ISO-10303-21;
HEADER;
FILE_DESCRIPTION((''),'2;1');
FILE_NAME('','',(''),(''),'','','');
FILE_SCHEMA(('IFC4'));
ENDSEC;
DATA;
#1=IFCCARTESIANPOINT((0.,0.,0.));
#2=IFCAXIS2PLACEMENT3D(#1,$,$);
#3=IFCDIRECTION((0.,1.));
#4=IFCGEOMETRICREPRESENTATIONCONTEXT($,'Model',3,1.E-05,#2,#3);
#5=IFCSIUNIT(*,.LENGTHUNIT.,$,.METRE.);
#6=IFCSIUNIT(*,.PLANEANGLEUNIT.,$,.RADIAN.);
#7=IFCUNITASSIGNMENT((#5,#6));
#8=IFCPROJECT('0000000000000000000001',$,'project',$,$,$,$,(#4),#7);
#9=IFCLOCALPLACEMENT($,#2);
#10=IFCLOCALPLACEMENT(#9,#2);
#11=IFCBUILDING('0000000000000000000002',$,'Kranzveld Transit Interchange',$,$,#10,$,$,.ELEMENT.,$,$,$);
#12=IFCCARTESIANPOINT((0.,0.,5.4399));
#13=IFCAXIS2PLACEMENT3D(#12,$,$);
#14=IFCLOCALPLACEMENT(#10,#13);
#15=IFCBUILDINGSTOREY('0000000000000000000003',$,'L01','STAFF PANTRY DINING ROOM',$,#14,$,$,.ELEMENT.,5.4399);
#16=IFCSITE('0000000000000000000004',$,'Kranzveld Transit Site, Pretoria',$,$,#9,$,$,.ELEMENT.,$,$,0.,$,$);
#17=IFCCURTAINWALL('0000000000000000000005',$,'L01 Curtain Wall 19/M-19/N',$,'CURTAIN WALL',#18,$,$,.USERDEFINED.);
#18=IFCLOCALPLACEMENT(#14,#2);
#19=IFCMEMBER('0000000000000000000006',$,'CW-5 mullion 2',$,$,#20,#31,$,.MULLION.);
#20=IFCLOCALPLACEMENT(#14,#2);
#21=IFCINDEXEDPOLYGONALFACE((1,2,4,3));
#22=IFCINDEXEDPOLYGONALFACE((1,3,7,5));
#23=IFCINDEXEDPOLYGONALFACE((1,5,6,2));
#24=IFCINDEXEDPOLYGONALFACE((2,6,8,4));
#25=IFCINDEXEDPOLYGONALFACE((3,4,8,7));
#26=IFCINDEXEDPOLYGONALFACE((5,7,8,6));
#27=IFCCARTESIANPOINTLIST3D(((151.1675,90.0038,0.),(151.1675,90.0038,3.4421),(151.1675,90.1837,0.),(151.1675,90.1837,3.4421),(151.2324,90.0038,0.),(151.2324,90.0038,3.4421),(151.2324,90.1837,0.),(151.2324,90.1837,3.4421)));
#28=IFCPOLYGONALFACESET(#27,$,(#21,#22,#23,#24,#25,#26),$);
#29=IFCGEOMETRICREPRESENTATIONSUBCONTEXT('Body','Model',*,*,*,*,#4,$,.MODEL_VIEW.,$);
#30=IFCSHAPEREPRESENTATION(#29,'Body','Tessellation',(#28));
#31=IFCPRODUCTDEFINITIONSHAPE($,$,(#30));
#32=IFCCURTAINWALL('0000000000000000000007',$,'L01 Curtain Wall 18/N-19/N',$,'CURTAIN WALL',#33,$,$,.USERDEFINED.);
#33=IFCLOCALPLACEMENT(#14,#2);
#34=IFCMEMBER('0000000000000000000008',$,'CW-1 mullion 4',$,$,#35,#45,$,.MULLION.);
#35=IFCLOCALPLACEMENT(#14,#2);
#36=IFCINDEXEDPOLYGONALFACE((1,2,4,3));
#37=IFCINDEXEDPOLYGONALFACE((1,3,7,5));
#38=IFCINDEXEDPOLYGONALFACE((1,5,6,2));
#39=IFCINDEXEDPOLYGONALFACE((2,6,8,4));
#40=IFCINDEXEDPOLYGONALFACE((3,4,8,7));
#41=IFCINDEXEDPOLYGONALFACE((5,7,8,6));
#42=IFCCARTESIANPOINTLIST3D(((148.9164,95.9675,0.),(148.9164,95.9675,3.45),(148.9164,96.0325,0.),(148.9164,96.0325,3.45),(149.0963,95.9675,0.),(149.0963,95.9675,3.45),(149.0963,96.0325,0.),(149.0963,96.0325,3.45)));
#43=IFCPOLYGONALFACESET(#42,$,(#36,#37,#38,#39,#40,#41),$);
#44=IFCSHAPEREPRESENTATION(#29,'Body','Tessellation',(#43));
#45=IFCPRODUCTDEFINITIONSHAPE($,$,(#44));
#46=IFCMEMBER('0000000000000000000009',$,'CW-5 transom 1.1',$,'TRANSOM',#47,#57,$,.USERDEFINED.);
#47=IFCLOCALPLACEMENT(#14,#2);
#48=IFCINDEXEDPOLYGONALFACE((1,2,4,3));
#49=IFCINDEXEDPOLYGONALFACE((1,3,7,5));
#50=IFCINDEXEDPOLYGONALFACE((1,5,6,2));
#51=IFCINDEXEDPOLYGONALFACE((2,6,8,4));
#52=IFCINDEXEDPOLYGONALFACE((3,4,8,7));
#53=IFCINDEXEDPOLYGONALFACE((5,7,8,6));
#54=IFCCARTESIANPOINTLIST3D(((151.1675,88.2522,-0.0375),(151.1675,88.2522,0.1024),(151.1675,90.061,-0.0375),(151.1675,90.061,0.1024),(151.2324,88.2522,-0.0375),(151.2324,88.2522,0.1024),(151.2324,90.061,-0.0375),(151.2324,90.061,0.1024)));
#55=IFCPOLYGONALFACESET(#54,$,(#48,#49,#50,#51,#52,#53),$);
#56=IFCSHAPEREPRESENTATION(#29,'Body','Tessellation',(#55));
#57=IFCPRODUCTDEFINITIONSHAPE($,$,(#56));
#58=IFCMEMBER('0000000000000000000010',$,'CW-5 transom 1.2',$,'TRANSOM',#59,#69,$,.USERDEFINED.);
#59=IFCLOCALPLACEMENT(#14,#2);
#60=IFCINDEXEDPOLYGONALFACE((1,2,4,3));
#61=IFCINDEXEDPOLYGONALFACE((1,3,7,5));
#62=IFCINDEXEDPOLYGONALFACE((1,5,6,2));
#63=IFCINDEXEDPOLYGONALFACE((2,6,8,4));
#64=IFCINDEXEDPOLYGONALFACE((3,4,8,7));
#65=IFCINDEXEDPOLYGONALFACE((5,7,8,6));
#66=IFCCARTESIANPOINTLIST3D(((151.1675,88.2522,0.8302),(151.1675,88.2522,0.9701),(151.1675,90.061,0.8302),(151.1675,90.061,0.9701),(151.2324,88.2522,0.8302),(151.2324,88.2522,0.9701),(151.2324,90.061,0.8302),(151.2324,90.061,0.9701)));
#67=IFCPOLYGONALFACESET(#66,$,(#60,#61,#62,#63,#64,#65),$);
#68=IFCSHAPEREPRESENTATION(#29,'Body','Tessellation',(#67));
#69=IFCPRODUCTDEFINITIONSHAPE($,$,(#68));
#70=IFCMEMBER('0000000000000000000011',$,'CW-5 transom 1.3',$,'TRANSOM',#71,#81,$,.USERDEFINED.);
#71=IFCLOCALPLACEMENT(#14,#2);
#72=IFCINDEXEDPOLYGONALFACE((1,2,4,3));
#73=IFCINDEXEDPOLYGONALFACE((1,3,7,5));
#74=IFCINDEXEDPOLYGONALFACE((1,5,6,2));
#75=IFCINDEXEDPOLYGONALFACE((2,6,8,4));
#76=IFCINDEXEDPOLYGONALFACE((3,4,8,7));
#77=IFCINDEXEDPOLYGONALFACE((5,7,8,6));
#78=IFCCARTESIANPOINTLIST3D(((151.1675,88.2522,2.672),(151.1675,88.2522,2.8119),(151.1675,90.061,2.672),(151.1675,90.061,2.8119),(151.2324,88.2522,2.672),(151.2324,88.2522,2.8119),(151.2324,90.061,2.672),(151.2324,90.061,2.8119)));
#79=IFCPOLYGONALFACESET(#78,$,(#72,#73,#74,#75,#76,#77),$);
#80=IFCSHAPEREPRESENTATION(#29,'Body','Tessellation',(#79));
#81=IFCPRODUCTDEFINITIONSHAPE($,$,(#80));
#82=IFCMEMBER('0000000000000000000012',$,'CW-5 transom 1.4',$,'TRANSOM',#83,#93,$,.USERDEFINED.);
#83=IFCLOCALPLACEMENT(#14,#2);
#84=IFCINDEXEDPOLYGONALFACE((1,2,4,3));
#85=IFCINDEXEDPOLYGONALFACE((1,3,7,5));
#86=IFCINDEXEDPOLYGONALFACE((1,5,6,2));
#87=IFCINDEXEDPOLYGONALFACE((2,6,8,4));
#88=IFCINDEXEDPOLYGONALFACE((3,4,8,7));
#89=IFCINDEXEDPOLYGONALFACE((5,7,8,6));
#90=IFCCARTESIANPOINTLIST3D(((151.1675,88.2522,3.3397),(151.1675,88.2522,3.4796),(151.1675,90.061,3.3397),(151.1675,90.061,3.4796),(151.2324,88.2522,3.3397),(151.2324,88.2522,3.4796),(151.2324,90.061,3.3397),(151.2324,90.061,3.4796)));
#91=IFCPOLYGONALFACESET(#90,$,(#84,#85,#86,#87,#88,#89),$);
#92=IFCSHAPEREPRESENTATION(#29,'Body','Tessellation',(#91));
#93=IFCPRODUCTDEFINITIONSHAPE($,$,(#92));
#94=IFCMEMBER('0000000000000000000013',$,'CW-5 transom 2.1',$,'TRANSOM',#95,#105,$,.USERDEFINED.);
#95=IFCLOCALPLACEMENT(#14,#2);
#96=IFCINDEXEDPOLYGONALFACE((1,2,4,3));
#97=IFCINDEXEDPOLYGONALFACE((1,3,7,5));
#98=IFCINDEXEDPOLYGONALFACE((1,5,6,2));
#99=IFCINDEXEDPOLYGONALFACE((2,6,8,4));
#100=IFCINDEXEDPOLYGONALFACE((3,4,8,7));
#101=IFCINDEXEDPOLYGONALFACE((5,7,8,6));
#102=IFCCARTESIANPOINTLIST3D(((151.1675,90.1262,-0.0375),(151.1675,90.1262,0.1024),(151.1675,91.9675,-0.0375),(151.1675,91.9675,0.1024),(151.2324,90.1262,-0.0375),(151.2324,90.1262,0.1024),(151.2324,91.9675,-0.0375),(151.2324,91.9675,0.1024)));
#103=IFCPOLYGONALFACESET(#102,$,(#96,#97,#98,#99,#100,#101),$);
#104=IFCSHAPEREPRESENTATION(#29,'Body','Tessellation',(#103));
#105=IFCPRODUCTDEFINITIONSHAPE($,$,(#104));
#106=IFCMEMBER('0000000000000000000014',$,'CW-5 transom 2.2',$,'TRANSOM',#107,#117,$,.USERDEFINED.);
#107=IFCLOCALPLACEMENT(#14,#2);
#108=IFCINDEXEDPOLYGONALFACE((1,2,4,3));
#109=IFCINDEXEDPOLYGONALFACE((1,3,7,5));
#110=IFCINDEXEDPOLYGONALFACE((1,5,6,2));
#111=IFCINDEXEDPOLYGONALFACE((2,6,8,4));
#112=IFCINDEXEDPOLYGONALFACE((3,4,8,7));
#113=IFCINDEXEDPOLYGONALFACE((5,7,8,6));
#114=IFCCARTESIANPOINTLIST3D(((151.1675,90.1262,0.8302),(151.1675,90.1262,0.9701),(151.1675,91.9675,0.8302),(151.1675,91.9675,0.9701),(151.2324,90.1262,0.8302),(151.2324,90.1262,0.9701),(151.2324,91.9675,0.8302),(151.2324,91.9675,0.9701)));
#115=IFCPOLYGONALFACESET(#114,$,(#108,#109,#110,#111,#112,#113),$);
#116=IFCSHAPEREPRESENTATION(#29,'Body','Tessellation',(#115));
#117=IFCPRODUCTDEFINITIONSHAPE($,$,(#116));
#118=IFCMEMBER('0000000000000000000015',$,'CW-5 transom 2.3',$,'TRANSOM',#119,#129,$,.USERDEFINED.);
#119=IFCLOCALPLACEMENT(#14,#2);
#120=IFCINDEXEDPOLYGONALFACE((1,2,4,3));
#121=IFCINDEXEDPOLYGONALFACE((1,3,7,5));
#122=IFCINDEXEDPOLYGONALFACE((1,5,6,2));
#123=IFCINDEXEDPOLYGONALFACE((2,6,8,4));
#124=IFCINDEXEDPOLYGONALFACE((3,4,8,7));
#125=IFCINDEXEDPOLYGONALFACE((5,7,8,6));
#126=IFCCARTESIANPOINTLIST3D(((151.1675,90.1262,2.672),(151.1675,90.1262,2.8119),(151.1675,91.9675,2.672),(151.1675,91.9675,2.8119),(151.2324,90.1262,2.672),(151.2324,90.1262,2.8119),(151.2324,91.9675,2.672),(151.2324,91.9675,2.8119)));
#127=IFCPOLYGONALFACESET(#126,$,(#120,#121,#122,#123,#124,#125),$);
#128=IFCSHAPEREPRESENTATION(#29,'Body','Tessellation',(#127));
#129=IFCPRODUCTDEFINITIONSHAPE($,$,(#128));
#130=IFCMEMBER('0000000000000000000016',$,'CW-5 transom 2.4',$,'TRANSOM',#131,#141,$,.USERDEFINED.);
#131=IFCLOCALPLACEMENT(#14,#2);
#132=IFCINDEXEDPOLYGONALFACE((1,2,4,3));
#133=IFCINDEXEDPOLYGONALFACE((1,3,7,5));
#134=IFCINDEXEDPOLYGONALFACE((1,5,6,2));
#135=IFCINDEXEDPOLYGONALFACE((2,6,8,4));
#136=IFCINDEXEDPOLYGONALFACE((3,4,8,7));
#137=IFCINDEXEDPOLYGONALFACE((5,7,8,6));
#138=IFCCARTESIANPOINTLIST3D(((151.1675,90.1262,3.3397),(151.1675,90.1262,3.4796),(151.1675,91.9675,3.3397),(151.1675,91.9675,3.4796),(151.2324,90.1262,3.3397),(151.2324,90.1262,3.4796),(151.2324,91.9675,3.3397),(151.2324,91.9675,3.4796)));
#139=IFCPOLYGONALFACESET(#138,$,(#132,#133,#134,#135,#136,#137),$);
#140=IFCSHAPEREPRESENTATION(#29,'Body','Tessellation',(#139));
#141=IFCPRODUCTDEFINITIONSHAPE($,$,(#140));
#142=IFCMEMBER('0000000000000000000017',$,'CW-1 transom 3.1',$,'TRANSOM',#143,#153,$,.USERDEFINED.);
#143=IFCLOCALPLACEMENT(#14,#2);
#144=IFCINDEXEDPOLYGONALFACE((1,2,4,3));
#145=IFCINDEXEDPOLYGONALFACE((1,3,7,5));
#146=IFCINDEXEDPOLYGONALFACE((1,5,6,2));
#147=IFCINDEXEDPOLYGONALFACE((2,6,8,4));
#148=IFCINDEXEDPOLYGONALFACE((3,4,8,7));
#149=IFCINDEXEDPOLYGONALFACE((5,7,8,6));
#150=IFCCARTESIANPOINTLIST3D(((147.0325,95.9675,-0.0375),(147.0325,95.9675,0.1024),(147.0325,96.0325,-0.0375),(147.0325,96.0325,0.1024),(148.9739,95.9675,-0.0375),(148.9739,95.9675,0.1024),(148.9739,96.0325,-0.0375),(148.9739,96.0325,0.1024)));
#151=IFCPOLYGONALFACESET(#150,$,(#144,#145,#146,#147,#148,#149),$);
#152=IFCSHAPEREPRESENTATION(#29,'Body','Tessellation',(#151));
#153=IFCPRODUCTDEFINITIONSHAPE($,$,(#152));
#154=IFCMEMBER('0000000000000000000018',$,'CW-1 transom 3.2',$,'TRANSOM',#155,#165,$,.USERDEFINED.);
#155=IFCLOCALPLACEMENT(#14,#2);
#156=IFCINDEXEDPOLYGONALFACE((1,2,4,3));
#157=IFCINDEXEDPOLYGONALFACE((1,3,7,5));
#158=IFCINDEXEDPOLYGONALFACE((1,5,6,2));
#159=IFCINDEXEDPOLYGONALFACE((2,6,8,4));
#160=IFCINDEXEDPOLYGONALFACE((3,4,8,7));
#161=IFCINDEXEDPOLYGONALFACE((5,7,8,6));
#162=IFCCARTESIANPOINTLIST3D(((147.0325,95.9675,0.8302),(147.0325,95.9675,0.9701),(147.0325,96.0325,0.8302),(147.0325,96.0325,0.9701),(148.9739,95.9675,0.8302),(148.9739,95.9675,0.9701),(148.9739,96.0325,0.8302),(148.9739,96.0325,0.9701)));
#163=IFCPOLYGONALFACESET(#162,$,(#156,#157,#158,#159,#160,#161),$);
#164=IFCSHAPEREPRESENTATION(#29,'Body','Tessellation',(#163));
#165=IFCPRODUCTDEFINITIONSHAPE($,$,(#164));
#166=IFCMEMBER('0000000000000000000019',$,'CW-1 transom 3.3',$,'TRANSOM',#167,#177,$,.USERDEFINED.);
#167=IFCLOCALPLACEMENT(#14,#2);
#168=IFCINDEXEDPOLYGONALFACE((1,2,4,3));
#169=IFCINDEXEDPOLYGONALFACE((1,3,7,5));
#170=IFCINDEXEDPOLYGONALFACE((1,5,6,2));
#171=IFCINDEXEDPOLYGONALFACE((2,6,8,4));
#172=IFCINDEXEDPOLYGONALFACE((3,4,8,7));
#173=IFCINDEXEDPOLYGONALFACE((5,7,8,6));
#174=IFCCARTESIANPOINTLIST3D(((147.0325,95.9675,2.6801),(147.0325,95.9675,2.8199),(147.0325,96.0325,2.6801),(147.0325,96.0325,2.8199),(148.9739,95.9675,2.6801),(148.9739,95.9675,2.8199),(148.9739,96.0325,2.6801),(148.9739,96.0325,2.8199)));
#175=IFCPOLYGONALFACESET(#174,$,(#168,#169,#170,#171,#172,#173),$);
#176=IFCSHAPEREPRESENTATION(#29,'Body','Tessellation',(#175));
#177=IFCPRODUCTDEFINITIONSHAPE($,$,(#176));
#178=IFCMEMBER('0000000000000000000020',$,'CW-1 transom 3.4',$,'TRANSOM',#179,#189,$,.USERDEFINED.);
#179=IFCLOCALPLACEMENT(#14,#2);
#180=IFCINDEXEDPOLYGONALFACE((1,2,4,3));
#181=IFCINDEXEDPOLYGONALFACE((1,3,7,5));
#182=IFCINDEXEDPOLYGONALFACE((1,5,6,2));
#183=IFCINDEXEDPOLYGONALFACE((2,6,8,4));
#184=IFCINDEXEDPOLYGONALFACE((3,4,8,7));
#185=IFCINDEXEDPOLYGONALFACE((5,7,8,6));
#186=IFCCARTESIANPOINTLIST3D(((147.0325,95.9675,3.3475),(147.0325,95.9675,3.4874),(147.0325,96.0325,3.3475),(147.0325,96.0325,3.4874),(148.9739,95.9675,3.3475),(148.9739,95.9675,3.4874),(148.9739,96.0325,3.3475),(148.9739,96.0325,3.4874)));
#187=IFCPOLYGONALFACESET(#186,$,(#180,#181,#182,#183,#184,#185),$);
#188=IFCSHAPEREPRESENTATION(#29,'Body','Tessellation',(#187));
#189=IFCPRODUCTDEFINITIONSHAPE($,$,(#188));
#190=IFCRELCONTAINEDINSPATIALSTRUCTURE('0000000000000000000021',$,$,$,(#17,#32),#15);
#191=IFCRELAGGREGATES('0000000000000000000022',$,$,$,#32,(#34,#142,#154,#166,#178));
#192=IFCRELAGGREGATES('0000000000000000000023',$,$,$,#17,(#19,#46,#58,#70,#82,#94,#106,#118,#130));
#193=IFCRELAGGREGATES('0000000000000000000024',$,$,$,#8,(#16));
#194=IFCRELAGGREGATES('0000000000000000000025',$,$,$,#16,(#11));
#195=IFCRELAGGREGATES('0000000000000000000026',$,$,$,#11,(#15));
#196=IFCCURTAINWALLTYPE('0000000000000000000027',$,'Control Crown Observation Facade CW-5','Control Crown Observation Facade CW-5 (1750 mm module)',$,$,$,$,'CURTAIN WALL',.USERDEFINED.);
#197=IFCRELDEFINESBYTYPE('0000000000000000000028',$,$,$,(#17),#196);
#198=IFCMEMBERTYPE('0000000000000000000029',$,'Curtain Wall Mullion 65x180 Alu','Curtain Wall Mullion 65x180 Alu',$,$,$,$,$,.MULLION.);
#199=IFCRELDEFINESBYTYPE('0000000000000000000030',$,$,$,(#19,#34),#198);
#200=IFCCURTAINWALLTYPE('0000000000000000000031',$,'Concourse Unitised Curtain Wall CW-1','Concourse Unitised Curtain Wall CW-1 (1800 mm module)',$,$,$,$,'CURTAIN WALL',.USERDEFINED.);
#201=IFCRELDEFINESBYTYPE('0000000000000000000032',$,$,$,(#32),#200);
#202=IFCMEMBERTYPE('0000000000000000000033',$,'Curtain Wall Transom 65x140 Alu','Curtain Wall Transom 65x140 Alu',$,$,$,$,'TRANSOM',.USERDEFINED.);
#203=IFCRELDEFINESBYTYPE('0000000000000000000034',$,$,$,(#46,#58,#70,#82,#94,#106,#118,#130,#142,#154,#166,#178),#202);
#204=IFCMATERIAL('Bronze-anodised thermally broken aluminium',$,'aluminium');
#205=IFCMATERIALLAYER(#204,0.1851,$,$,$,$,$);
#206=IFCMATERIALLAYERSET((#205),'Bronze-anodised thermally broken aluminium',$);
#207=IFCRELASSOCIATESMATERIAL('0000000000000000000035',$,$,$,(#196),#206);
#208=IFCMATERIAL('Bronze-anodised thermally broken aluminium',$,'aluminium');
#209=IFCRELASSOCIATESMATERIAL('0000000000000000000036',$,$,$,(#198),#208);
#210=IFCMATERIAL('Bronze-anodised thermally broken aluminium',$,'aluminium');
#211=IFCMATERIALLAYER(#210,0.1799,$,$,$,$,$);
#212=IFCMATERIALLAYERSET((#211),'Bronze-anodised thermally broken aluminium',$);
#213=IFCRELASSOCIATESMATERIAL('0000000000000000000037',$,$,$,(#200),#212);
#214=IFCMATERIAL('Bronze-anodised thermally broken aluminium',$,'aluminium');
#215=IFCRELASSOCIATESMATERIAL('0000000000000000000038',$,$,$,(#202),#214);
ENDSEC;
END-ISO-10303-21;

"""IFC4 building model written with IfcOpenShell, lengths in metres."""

from ifc_helpers import new_model, si_unit, direction, frame, origin, origin_2d, place, context, subcontext, project, spatial, rectangle, extrude, material, layer, layer_set, material_profile, profile_set, type_object, element, aggregate, save


model = new_model("IFC4")

# Units and contexts
model_context = context("Model", 3, precision=1e-05, world=origin(), true_north=direction((0.0, 1.0)))
body_context = subcontext(model_context, "Body", "Model", "MODEL_VIEW")
ifc_project = project(units=[si_unit("LENGTHUNIT", "METRE"), si_unit("PLANEANGLEUNIT", "RADIAN")], contexts=[model_context])

# Site, building, storey
site_placement = place(None, origin())
site = spatial("IfcSite", under=ifc_project, at=site_placement, Name="Kranzveld Transit Site, Pretoria", CompositionType="ELEMENT", RefElevation=0.0)
building_placement = place(site_placement, origin())
building = spatial("IfcBuilding", under=site, at=building_placement, Name="Kranzveld Transit Interchange", CompositionType="ELEMENT")
storey_placement = place(building_placement, frame((0.0, 0.0, 5.4399)))
storey = spatial("IfcBuildingStorey", under=building, at=storey_placement, Name="L01", Description="STAFF PANTRY DINING ROOM", CompositionType="ELEMENT", Elevation=5.4399)

# Curtain walls, members
ifc_material_1 = material(Name="Bronze-anodised thermally broken aluminium", Category="aluminium")
ifc_layer_1 = layer(ifc_material_1, 0.1851)
ifc_layer_set_1 = layer_set([ifc_layer_1], Name="Bronze-anodised thermally broken aluminium")
curtain_wall_type_1 = type_object("IfcCurtainWallType", Name="Control Crown Observation Facade CW-5", Description="Control Crown Observation Facade CW-5 (1750 mm module)", ElementType="CURTAIN WALL", PredefinedType="USERDEFINED", material=ifc_layer_set_1)
curtain_wall_1_placement = place(storey_placement, origin())
curtain_wall_1 = element("IfcCurtainWall", 1, at=curtain_wall_1_placement, inside=storey, type_object=curtain_wall_type_1, Name="L01 Curtain Wall 19/M-19/N", ObjectType="CURTAIN WALL", PredefinedType="USERDEFINED")
ifc_material_2 = material(Name="Bronze-anodised thermally broken aluminium", Category="aluminium")
ifc_material_profile_1 = material_profile(ifc_material_2, rectangle(XDim=0.0649, YDim=0.1799, at=origin_2d()), Name="ALU MULLION 65x180")
ifc_profile_set_1 = profile_set([ifc_material_profile_1], Name="Bronze-anodised thermally broken aluminium")
member_type_1 = type_object("IfcMemberType", Name="Curtain Wall Mullion 65x180 Alu", Description="Curtain Wall Mullion 65x180 Alu", PredefinedType="MULLION", material=ifc_profile_set_1)
member_1_placement = place(storey_placement, frame((151.2, 90.0938, 0.0), z_axis=(0.0, 0.0, 1.0), x_axis=(-1.0, 0.0, 0.0)))
member_1 = element("IfcMember", 2, at=member_1_placement, type_object=member_type_1, Name="CW-5 mullion 2", PredefinedType="MULLION", context=body_context, shape_type="SweptSolid", body=[
    extrude(rectangle(XDim=0.0649, YDim=0.1799, at=origin_2d()), origin(), (0.0, 0.0, 1.0), 3.4421),
])
ifc_material_3 = material(Name="Bronze-anodised thermally broken aluminium", Category="aluminium")
ifc_layer_2 = layer(ifc_material_3, 0.1799)
ifc_layer_set_2 = layer_set([ifc_layer_2], Name="Bronze-anodised thermally broken aluminium")
curtain_wall_type_2 = type_object("IfcCurtainWallType", Name="Concourse Unitised Curtain Wall CW-1", Description="Concourse Unitised Curtain Wall CW-1 (1800 mm module)", ElementType="CURTAIN WALL", PredefinedType="USERDEFINED", material=ifc_layer_set_2)
curtain_wall_2_placement = place(storey_placement, origin())
curtain_wall_2 = element("IfcCurtainWall", 3, at=curtain_wall_2_placement, inside=storey, type_object=curtain_wall_type_2, Name="L01 Curtain Wall 18/N-19/N", ObjectType="CURTAIN WALL", PredefinedType="USERDEFINED")
member_2_placement = place(storey_placement, frame((149.0063, 96.0, 0.0), z_axis=(0.0, 0.0, 1.0), x_axis=(0.0, 1.0, 0.0)))
member_2 = element("IfcMember", 4, at=member_2_placement, type_object=member_type_1, Name="CW-1 mullion 4", PredefinedType="MULLION", context=body_context, shape_type="SweptSolid", body=[
    extrude(rectangle(XDim=0.0649, YDim=0.1799, at=origin_2d()), origin(), (0.0, 0.0, 1.0), 3.45),
])

# Members
ifc_material_4 = material(Name="Bronze-anodised thermally broken aluminium", Category="aluminium")
ifc_material_profile_2 = material_profile(ifc_material_4, rectangle(XDim=0.0649, YDim=0.1399, at=origin_2d()), Name="ALU TRANSOM 65x140")
ifc_profile_set_2 = profile_set([ifc_material_profile_2], Name="Bronze-anodised thermally broken aluminium")
member_type_2 = type_object("IfcMemberType", Name="Curtain Wall Transom 65x140 Alu", Description="Curtain Wall Transom 65x140 Alu", ElementType="TRANSOM", PredefinedType="USERDEFINED", material=ifc_profile_set_2)
member_3_placement = place(storey_placement, frame((151.2, 88.2522, 0.0325), z_axis=(0.0, 1.0, 0.0), x_axis=(-1.0, 0.0, 0.0)))
member_3 = element("IfcMember", 5, at=member_3_placement, type_object=member_type_2, Name="CW-5 transom 1.1", ObjectType="TRANSOM", PredefinedType="USERDEFINED", context=body_context, shape_type="SweptSolid", body=[
    extrude(rectangle(XDim=0.0649, YDim=0.1399, at=origin_2d()), origin(), (0.0, 0.0, 1.0), 1.8088),
])
member_4_placement = place(storey_placement, frame((151.2, 88.2522, 0.9001), z_axis=(0.0, 1.0, 0.0), x_axis=(-1.0, 0.0, 0.0)))
member_4 = element("IfcMember", 6, at=member_4_placement, type_object=member_type_2, Name="CW-5 transom 1.2", ObjectType="TRANSOM", PredefinedType="USERDEFINED", context=body_context, shape_type="SweptSolid", body=[
    extrude(rectangle(XDim=0.0649, YDim=0.1399, at=origin_2d()), origin(), (0.0, 0.0, 1.0), 1.8088),
])
member_5_placement = place(storey_placement, frame((151.2, 88.2522, 2.7419), z_axis=(0.0, 1.0, 0.0), x_axis=(-1.0, 0.0, 0.0)))
member_5 = element("IfcMember", 7, at=member_5_placement, type_object=member_type_2, Name="CW-5 transom 1.3", ObjectType="TRANSOM", PredefinedType="USERDEFINED", context=body_context, shape_type="SweptSolid", body=[
    extrude(rectangle(XDim=0.0649, YDim=0.1399, at=origin_2d()), origin(), (0.0, 0.0, 1.0), 1.8088),
])
member_6_placement = place(storey_placement, frame((151.2, 88.2522, 3.4097), z_axis=(0.0, 1.0, 0.0), x_axis=(-1.0, 0.0, 0.0)))
member_6 = element("IfcMember", 8, at=member_6_placement, type_object=member_type_2, Name="CW-5 transom 1.4", ObjectType="TRANSOM", PredefinedType="USERDEFINED", context=body_context, shape_type="SweptSolid", body=[
    extrude(rectangle(XDim=0.0649, YDim=0.1399, at=origin_2d()), origin(), (0.0, 0.0, 1.0), 1.8088),
])
member_7_placement = place(storey_placement, frame((151.2, 90.1262, 0.0325), z_axis=(0.0, 1.0, 0.0), x_axis=(-1.0, 0.0, 0.0)))
member_7 = element("IfcMember", 9, at=member_7_placement, type_object=member_type_2, Name="CW-5 transom 2.1", ObjectType="TRANSOM", PredefinedType="USERDEFINED", context=body_context, shape_type="SweptSolid", body=[
    extrude(rectangle(XDim=0.0649, YDim=0.1399, at=origin_2d()), origin(), (0.0, 0.0, 1.0), 1.8413),
])
member_8_placement = place(storey_placement, frame((151.2, 90.1262, 0.9001), z_axis=(0.0, 1.0, 0.0), x_axis=(-1.0, 0.0, 0.0)))
member_8 = element("IfcMember", 10, at=member_8_placement, type_object=member_type_2, Name="CW-5 transom 2.2", ObjectType="TRANSOM", PredefinedType="USERDEFINED", context=body_context, shape_type="SweptSolid", body=[
    extrude(rectangle(XDim=0.0649, YDim=0.1399, at=origin_2d()), origin(), (0.0, 0.0, 1.0), 1.8413),
])
member_9_placement = place(storey_placement, frame((151.2, 90.1262, 2.7419), z_axis=(0.0, 1.0, 0.0), x_axis=(-1.0, 0.0, 0.0)))
member_9 = element("IfcMember", 11, at=member_9_placement, type_object=member_type_2, Name="CW-5 transom 2.3", ObjectType="TRANSOM", PredefinedType="USERDEFINED", context=body_context, shape_type="SweptSolid", body=[
    extrude(rectangle(XDim=0.0649, YDim=0.1399, at=origin_2d()), origin(), (0.0, 0.0, 1.0), 1.8413),
])
member_10_placement = place(storey_placement, frame((151.2, 90.1262, 3.4097), z_axis=(0.0, 1.0, 0.0), x_axis=(-1.0, 0.0, 0.0)))
member_10 = element("IfcMember", 12, at=member_10_placement, type_object=member_type_2, Name="CW-5 transom 2.4", ObjectType="TRANSOM", PredefinedType="USERDEFINED", context=body_context, shape_type="SweptSolid", body=[
    extrude(rectangle(XDim=0.0649, YDim=0.1399, at=origin_2d()), origin(), (0.0, 0.0, 1.0), 1.8413),
])
member_11_placement = place(storey_placement, frame((147.0325, 96.0, 0.0325), z_axis=(1.0, 0.0, 0.0), x_axis=(0.0, 1.0, 0.0)))
member_11 = element("IfcMember", 13, at=member_11_placement, type_object=member_type_2, Name="CW-1 transom 3.1", ObjectType="TRANSOM", PredefinedType="USERDEFINED", context=body_context, shape_type="SweptSolid", body=[
    extrude(rectangle(XDim=0.0649, YDim=0.1399, at=origin_2d()), origin(), (0.0, 0.0, 1.0), 1.9414),
])
member_12_placement = place(storey_placement, frame((147.0325, 96.0, 0.9001), z_axis=(1.0, 0.0, 0.0), x_axis=(0.0, 1.0, 0.0)))
member_12 = element("IfcMember", 14, at=member_12_placement, type_object=member_type_2, Name="CW-1 transom 3.2", ObjectType="TRANSOM", PredefinedType="USERDEFINED", context=body_context, shape_type="SweptSolid", body=[
    extrude(rectangle(XDim=0.0649, YDim=0.1399, at=origin_2d()), origin(), (0.0, 0.0, 1.0), 1.9414),
])
member_13_placement = place(storey_placement, frame((147.0325, 96.0, 2.75), z_axis=(1.0, 0.0, 0.0), x_axis=(0.0, 1.0, 0.0)))
member_13 = element("IfcMember", 15, at=member_13_placement, type_object=member_type_2, Name="CW-1 transom 3.3", ObjectType="TRANSOM", PredefinedType="USERDEFINED", context=body_context, shape_type="SweptSolid", body=[
    extrude(rectangle(XDim=0.0649, YDim=0.1399, at=origin_2d()), origin(), (0.0, 0.0, 1.0), 1.9414),
])
member_14_placement = place(storey_placement, frame((147.0325, 96.0, 3.4175), z_axis=(1.0, 0.0, 0.0), x_axis=(0.0, 1.0, 0.0)))
member_14 = element("IfcMember", 16, at=member_14_placement, type_object=member_type_2, Name="CW-1 transom 3.4", ObjectType="TRANSOM", PredefinedType="USERDEFINED", context=body_context, shape_type="SweptSolid", body=[
    extrude(rectangle(XDim=0.0649, YDim=0.1399, at=origin_2d()), origin(), (0.0, 0.0, 1.0), 1.9414),
])

aggregate(curtain_wall_2, [member_2, member_11, member_12, member_13, member_14])
aggregate(curtain_wall_1, [member_1, member_3, member_4, member_5, member_6, member_7, member_8, member_9, member_10])

save(model, "model.ifc")
